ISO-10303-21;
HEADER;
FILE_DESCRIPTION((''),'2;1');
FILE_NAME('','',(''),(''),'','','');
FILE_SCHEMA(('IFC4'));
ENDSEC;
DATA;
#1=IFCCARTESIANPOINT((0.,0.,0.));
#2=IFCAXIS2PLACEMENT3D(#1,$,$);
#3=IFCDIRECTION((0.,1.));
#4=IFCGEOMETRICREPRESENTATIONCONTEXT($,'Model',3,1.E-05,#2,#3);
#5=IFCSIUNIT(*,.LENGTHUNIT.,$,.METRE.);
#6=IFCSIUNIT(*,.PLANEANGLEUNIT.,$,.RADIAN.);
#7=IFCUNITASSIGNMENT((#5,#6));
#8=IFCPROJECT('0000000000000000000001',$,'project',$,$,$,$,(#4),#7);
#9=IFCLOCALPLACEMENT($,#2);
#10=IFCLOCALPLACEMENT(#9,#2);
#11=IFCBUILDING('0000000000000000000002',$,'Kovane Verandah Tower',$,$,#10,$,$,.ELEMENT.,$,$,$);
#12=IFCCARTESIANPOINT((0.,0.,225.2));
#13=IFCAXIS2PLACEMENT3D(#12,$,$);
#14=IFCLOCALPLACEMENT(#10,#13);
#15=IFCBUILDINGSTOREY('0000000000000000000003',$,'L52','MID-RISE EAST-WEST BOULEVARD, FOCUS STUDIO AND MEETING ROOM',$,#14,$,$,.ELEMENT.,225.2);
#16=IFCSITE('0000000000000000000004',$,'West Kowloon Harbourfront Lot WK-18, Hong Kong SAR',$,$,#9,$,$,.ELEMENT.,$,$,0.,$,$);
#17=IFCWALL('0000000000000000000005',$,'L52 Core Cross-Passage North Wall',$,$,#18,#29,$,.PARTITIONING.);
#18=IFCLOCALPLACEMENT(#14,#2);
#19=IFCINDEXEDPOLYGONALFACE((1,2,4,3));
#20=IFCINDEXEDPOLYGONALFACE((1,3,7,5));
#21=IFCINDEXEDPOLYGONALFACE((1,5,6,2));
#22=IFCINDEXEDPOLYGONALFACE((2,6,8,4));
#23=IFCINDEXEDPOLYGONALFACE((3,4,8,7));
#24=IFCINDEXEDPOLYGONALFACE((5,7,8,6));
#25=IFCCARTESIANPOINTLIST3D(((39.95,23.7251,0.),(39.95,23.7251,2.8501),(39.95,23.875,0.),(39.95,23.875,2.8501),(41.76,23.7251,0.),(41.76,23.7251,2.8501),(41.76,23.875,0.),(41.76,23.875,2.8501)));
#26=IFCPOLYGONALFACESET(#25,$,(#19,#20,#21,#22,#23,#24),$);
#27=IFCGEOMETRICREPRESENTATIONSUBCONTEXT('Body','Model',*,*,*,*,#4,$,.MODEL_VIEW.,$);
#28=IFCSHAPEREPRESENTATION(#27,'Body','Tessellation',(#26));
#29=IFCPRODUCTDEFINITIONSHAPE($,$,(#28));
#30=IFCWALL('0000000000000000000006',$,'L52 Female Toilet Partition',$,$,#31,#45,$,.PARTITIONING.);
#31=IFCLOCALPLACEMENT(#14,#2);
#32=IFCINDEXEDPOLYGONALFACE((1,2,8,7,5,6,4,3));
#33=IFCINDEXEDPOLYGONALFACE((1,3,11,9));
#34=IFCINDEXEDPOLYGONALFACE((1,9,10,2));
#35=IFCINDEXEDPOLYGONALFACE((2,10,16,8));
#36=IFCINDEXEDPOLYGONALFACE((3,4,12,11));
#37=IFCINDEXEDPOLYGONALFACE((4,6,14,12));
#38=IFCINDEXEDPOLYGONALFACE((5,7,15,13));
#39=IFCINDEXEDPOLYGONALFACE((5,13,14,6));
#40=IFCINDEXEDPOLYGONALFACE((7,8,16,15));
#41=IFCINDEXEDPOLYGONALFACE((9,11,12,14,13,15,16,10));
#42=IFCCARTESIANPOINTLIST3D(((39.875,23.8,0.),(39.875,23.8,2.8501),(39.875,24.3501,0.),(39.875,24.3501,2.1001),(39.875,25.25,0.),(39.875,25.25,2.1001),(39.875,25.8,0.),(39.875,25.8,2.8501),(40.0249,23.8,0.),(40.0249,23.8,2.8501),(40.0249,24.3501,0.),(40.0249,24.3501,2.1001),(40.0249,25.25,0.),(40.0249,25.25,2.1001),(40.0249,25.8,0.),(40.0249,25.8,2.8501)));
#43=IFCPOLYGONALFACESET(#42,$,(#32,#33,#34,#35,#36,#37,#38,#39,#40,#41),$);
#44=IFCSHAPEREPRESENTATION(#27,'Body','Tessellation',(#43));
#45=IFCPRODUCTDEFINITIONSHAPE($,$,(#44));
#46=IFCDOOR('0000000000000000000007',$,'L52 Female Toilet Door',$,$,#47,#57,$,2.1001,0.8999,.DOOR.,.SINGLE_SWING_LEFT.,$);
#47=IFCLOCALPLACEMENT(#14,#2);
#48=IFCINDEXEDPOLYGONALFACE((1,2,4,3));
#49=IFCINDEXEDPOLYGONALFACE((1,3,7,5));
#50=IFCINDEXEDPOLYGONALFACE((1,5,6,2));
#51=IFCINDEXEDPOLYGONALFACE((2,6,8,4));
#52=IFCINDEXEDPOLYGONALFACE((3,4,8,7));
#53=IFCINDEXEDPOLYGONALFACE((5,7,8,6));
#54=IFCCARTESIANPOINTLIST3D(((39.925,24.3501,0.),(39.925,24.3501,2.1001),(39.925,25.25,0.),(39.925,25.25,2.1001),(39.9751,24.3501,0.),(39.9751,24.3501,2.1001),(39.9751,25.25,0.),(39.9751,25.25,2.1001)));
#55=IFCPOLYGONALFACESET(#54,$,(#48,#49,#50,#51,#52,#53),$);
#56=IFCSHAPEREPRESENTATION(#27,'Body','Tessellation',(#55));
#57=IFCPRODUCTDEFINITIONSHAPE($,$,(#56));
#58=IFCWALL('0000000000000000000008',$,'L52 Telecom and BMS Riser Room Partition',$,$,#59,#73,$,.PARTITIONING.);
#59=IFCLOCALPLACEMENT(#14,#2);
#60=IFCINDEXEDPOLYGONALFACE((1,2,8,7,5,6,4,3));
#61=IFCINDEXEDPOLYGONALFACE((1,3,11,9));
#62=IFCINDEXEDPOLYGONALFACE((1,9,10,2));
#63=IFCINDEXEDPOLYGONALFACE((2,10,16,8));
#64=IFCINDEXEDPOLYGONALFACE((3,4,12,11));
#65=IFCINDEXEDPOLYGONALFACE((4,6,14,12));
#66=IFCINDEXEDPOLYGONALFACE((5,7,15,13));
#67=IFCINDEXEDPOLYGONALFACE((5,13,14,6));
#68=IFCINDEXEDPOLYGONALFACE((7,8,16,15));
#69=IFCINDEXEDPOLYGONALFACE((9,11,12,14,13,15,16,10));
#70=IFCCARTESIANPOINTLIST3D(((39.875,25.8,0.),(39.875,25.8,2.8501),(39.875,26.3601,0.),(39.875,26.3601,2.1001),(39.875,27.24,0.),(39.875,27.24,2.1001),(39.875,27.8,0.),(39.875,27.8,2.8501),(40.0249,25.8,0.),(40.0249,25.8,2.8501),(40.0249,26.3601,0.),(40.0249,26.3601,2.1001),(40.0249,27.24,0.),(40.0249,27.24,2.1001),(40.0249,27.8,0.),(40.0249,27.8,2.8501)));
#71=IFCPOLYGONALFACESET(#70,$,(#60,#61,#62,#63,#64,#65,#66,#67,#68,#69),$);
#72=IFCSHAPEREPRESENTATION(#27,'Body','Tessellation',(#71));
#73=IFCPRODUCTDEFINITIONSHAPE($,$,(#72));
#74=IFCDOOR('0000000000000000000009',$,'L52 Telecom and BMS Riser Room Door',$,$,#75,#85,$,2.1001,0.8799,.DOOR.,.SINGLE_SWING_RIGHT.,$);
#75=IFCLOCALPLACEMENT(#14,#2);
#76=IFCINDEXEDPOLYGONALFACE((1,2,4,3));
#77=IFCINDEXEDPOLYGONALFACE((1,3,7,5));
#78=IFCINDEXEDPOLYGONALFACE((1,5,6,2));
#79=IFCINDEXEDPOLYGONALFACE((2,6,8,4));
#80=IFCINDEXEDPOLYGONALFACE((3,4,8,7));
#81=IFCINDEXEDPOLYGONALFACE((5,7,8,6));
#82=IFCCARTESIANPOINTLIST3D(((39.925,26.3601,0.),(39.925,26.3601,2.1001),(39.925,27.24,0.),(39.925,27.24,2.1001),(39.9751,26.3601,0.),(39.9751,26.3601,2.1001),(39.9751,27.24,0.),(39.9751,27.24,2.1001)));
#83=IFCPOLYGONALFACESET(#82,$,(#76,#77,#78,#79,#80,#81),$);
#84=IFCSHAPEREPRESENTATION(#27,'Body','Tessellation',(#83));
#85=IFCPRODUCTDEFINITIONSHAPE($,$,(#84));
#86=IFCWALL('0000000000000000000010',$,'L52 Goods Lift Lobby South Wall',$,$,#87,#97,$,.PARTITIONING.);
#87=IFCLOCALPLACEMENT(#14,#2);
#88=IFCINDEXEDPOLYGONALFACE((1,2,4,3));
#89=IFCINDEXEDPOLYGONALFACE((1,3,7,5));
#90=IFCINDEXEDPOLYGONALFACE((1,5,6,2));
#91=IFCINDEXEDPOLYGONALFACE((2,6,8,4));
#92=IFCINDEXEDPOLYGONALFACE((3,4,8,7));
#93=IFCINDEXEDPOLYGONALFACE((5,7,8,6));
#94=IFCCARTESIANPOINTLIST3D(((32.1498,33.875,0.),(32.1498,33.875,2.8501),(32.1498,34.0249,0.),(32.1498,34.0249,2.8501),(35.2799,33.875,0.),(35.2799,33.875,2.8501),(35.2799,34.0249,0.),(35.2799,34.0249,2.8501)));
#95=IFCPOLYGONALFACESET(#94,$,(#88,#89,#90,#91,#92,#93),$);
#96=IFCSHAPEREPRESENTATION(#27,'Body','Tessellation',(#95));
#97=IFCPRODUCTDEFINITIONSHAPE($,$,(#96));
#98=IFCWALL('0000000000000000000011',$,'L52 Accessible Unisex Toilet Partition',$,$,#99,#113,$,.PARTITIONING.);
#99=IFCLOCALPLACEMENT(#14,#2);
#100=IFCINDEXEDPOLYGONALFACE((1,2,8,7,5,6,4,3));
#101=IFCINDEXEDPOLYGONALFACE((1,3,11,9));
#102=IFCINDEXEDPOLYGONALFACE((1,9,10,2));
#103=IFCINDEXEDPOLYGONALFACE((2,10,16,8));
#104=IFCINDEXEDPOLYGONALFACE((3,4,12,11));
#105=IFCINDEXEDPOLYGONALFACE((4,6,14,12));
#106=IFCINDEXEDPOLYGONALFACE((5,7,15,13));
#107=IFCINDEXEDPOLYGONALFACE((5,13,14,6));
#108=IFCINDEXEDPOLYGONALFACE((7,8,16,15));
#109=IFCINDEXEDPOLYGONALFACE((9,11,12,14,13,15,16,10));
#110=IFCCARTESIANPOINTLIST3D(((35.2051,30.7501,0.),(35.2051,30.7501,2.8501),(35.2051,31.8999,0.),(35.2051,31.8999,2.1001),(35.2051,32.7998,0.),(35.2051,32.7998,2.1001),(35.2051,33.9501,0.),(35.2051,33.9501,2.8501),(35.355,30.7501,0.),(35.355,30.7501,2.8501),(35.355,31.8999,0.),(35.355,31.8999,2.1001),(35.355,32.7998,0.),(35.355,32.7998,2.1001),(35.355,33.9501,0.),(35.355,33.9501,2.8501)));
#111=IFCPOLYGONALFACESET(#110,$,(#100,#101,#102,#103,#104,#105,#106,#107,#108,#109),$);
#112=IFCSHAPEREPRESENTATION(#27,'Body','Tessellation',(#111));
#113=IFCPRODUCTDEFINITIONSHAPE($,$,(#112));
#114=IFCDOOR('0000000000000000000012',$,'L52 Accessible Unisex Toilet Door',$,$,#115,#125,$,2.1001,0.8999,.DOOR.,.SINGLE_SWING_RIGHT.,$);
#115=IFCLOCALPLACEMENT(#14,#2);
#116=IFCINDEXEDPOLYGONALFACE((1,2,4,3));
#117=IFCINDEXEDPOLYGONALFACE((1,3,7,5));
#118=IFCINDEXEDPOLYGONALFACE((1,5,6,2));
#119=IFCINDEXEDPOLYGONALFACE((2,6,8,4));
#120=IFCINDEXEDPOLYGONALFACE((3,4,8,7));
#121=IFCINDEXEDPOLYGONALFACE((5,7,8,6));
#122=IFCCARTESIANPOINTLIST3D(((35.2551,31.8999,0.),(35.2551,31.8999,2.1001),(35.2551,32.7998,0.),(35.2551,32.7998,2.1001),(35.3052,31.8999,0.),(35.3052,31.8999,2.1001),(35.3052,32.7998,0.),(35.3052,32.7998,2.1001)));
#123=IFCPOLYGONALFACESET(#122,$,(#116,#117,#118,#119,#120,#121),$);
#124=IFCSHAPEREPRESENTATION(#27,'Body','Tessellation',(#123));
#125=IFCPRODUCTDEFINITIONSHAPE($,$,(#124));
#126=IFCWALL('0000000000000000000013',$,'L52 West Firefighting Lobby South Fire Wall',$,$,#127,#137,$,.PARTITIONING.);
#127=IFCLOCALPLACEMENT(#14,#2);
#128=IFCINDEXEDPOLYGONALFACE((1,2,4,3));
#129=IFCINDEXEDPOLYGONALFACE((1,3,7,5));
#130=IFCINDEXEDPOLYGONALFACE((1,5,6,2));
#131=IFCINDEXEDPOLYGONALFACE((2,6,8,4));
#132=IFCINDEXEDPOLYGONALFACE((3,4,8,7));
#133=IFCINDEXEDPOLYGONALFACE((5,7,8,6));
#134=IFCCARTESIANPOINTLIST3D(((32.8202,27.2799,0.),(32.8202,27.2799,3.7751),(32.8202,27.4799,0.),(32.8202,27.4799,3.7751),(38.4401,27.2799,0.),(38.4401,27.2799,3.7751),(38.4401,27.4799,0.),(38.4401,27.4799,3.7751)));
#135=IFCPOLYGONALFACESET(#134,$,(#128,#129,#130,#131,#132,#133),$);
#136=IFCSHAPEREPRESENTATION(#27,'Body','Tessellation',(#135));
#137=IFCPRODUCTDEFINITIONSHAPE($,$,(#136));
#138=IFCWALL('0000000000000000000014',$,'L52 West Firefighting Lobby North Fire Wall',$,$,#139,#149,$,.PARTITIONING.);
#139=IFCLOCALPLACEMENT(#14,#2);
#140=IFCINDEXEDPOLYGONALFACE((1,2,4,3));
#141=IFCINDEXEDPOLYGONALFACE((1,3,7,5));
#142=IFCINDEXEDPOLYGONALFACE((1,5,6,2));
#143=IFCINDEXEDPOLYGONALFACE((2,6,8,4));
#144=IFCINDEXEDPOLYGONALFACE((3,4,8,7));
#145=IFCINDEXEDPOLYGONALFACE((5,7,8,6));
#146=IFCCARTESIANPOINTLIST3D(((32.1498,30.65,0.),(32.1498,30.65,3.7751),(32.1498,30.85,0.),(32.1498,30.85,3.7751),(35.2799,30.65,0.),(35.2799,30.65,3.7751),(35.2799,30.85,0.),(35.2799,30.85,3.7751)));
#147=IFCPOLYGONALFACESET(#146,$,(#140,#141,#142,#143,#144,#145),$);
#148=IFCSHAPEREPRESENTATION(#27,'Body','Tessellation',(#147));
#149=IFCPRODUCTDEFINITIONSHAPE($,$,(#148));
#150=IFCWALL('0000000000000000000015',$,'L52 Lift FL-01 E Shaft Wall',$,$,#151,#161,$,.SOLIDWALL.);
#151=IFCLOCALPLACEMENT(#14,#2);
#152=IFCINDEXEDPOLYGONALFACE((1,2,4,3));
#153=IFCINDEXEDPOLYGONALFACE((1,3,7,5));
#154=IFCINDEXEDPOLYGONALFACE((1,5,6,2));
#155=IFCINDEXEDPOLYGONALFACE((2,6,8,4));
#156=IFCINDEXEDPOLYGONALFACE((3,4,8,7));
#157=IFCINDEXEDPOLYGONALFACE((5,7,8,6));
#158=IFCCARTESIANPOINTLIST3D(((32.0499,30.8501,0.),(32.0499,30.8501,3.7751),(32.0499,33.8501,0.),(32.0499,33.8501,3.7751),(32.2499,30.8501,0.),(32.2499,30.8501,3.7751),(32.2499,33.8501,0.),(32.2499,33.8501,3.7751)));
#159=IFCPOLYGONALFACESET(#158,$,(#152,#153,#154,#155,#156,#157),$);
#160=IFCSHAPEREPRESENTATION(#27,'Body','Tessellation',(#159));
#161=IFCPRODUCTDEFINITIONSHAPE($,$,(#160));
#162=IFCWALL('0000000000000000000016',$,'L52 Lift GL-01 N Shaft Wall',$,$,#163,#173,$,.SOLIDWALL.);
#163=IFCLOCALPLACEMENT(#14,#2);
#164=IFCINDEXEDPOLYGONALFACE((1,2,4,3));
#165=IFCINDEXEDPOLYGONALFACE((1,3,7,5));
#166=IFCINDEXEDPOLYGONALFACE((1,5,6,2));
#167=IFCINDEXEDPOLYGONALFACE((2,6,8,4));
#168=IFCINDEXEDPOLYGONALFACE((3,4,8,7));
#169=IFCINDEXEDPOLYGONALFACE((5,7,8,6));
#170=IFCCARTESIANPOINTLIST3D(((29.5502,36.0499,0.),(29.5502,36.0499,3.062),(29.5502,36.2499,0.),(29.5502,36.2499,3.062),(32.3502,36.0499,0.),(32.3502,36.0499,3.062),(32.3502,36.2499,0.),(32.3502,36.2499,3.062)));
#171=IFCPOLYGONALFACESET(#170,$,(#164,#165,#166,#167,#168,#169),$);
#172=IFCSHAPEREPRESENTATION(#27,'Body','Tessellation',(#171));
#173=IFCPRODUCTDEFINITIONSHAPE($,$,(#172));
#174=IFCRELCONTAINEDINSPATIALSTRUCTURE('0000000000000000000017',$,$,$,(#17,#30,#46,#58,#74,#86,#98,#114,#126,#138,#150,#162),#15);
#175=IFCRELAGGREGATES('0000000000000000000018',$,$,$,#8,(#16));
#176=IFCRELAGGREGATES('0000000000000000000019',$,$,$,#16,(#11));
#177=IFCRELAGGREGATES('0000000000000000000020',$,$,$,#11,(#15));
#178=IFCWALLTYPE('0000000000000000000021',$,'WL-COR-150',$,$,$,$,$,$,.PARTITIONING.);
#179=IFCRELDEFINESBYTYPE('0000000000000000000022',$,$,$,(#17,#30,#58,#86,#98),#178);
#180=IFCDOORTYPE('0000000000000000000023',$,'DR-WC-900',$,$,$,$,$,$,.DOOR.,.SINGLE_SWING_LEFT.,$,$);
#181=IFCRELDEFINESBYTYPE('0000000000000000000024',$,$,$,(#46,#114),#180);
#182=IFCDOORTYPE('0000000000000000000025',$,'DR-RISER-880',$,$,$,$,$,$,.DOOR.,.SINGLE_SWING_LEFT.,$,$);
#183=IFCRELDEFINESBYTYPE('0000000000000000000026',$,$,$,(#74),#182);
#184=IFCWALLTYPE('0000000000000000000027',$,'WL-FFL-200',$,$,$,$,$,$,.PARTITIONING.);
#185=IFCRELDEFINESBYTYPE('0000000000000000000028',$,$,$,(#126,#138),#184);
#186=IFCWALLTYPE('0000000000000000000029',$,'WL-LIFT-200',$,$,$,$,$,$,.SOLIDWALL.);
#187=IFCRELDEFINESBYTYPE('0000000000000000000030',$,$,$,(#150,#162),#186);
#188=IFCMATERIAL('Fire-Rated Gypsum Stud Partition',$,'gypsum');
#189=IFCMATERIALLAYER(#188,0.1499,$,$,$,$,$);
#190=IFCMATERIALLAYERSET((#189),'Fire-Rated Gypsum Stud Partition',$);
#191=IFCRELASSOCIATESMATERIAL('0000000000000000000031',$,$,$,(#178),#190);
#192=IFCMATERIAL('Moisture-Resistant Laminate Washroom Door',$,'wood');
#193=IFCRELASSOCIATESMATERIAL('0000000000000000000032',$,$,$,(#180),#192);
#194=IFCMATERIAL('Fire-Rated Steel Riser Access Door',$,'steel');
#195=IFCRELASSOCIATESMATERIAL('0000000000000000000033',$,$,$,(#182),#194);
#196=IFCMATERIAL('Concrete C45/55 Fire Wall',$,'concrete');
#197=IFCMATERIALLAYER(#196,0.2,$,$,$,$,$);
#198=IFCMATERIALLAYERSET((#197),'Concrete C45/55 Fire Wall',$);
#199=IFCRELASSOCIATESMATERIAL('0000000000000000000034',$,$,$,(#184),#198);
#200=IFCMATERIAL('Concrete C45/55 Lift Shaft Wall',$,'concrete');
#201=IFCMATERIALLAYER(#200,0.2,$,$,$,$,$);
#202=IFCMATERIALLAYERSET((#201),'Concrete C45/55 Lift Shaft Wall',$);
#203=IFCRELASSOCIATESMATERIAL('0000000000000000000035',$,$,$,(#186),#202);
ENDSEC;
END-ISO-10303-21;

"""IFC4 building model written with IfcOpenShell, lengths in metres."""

from ifc_helpers import new_model, si_unit, direction, frame, frame_2d, origin, place, context, subcontext, project, spatial, rectangle, extrude, material, layer, layer_set, type_object, element, fill, save


model = new_model("IFC4")

# Units and contexts
model_context = context("Model", 3, precision=1e-05, world=origin(), true_north=direction((0.0, 1.0)))
body_context = subcontext(model_context, "Body", "Model", "MODEL_VIEW")
ifc_project = project(units=[si_unit("LENGTHUNIT", "METRE"), si_unit("PLANEANGLEUNIT", "RADIAN")], contexts=[model_context])

# Site, building, storey
site_placement = place(None, origin())
site = spatial("IfcSite", under=ifc_project, at=site_placement, Name="West Kowloon Harbourfront Lot WK-18, Hong Kong SAR", CompositionType="ELEMENT", RefElevation=0.0)
building_placement = place(site_placement, origin())
building = spatial("IfcBuilding", under=site, at=building_placement, Name="Kovane Verandah Tower", CompositionType="ELEMENT")
storey_placement = place(building_placement, frame((0.0, 0.0, 225.2)))
storey = spatial("IfcBuildingStorey", under=building, at=storey_placement, Name="L52", Description="MID-RISE EAST-WEST BOULEVARD, FOCUS STUDIO AND MEETING ROOM", CompositionType="ELEMENT", Elevation=225.2)

# Wall
ifc_material_1 = material(Name="Fire-Rated Gypsum Stud Partition", Category="gypsum")
ifc_layer_1 = layer(ifc_material_1, 0.1499)
ifc_layer_set_1 = layer_set([ifc_layer_1], Name="Fire-Rated Gypsum Stud Partition")
wall_type_1 = type_object("IfcWallType", Name="WL-COR-150", PredefinedType="PARTITIONING", material=ifc_layer_set_1)
wall_1_placement = place(storey_placement, frame((39.95, 23.8, 0.0), z_axis=(0.0, 0.0, 1.0), x_axis=(1.0, 0.0, 0.0)))
element("IfcWall", 1, at=wall_1_placement, inside=storey, type_object=wall_type_1, Name="L52 Core Cross-Passage North Wall", PredefinedType="PARTITIONING", context=body_context, shape_type="SweptSolid", body=[
    extrude(rectangle(XDim=1.8101, YDim=0.1499, at=frame_2d((0.905, 0.0))), origin(), (0.0, 0.0, 1.0), 2.8501),
])

# Walls, openings, doors
wall_2_placement = place(storey_placement, frame((39.95, 23.8, 0.0), z_axis=(0.0, 0.0, 1.0), x_axis=(0.0, 1.0, 0.0)))
wall_2 = element("IfcWall", 2, at=wall_2_placement, inside=storey, type_object=wall_type_1, Name="L52 Female Toilet Partition", PredefinedType="PARTITIONING", context=body_context, shape_type="SweptSolid", body=[
    extrude(rectangle(XDim=2.0, YDim=0.1499, at=frame_2d((1.0, 0.0))), origin(), (0.0, 0.0, 1.0), 2.8501),
])
opening_1_placement = place(wall_2_placement, frame((0.55, 0.0, 0.0)))
opening_1 = element("IfcOpeningElement", 3, at=opening_1_placement, cuts=wall_2, PredefinedType="OPENING", context=body_context, shape_type="SweptSolid", body=[
    extrude(rectangle(XDim=0.8999, YDim=2.1001, at=frame_2d((0.45, 1.05))), frame((0.0, 0.075, 0.0), z_axis=(0.0, -1.0, 0.0), x_axis=(1.0, 0.0, 0.0)), (0.0, 0.0, 1.0), 0.1499),
])
ifc_material_2 = material(Name="Moisture-Resistant Laminate Washroom Door", Category="wood")
door_type_1 = type_object("IfcDoorType", Name="DR-WC-900", OperationType="SINGLE_SWING_LEFT", PredefinedType="DOOR", material=ifc_material_2)
door_1_placement = place(opening_1_placement, origin())
door_1 = element("IfcDoor", 4, at=door_1_placement, inside=storey, type_object=door_type_1, Name="L52 Female Toilet Door", OperationType="SINGLE_SWING_LEFT", OverallHeight=2.1001, OverallWidth=0.8999, PredefinedType="DOOR", context=body_context, shape_type="SweptSolid", body=[
    extrude(rectangle(XDim=0.8999, YDim=2.1001, at=frame_2d((0.45, 1.05))), frame((0.0, 0.0249, 0.0), z_axis=(0.0, -1.0, 0.0), x_axis=(1.0, 0.0, 0.0)), (0.0, 0.0, 1.0), 0.05),
])
fill(opening_1, door_1)
wall_3_placement = place(storey_placement, frame((39.95, 25.8, 0.0), z_axis=(0.0, 0.0, 1.0), x_axis=(0.0, 1.0, 0.0)))
wall_3 = element("IfcWall", 5, at=wall_3_placement, inside=storey, type_object=wall_type_1, Name="L52 Telecom and BMS Riser Room Partition", PredefinedType="PARTITIONING", context=body_context, shape_type="SweptSolid", body=[
    extrude(rectangle(XDim=2.0, YDim=0.1499, at=frame_2d((1.0, 0.0))), origin(), (0.0, 0.0, 1.0), 2.8501),
])
opening_2_placement = place(wall_3_placement, frame((0.5601, 0.0, 0.0)))
opening_2 = element("IfcOpeningElement", 6, at=opening_2_placement, cuts=wall_3, PredefinedType="OPENING", context=body_context, shape_type="SweptSolid", body=[
    extrude(rectangle(XDim=0.8799, YDim=2.1001, at=frame_2d((0.4399, 1.05))), frame((0.0, 0.075, 0.0), z_axis=(0.0, -1.0, 0.0), x_axis=(1.0, 0.0, 0.0)), (0.0, 0.0, 1.0), 0.1499),
])
ifc_material_3 = material(Name="Fire-Rated Steel Riser Access Door", Category="steel")
door_type_2 = type_object("IfcDoorType", Name="DR-RISER-880", OperationType="SINGLE_SWING_LEFT", PredefinedType="DOOR", material=ifc_material_3)
door_2_placement = place(opening_2_placement, origin())
door_2 = element("IfcDoor", 7, at=door_2_placement, inside=storey, type_object=door_type_2, Name="L52 Telecom and BMS Riser Room Door", OperationType="SINGLE_SWING_RIGHT", OverallHeight=2.1001, OverallWidth=0.8799, PredefinedType="DOOR", context=body_context, shape_type="SweptSolid", body=[
    extrude(rectangle(XDim=0.8799, YDim=2.1001, at=frame_2d((0.4399, 1.05))), frame((0.0, 0.0249, 0.0), z_axis=(0.0, -1.0, 0.0), x_axis=(1.0, 0.0, 0.0)), (0.0, 0.0, 1.0), 0.05),
])
fill(opening_2, door_2)

# Wall
wall_4_placement = place(storey_placement, frame((32.1499, 33.95, 0.0), z_axis=(0.0, 0.0, 1.0), x_axis=(1.0, 0.0, 0.0)))
element("IfcWall", 8, at=wall_4_placement, inside=storey, type_object=wall_type_1, Name="L52 Goods Lift Lobby South Wall", PredefinedType="PARTITIONING", context=body_context, shape_type="SweptSolid", body=[
    extrude(rectangle(XDim=3.1301, YDim=0.1499, at=frame_2d((1.5649, 0.0))), origin(), (0.0, 0.0, 1.0), 2.8501),
])

# Wall, opening, door
wall_5_placement = place(storey_placement, frame((35.28, 30.75, 0.0), z_axis=(0.0, 0.0, 1.0), x_axis=(0.0, 1.0, 0.0)))
wall_5 = element("IfcWall", 9, at=wall_5_placement, inside=storey, type_object=wall_type_1, Name="L52 Accessible Unisex Toilet Partition", PredefinedType="PARTITIONING", context=body_context, shape_type="SweptSolid", body=[
    extrude(rectangle(XDim=3.2, YDim=0.1499, at=frame_2d((1.6001, 0.0))), origin(), (0.0, 0.0, 1.0), 2.8501),
])
opening_3_placement = place(wall_5_placement, frame((1.1499, 0.0, 0.0)))
opening_3 = element("IfcOpeningElement", 10, at=opening_3_placement, cuts=wall_5, PredefinedType="OPENING", context=body_context, shape_type="SweptSolid", body=[
    extrude(rectangle(XDim=0.8999, YDim=2.1001, at=frame_2d((0.45, 1.05))), frame((0.0, 0.075, 0.0), z_axis=(0.0, -1.0, 0.0), x_axis=(1.0, 0.0, 0.0)), (0.0, 0.0, 1.0), 0.1499),
])
door_3_placement = place(opening_3_placement, origin())
door_3 = element("IfcDoor", 11, at=door_3_placement, inside=storey, type_object=door_type_1, Name="L52 Accessible Unisex Toilet Door", OperationType="SINGLE_SWING_RIGHT", OverallHeight=2.1001, OverallWidth=0.8999, PredefinedType="DOOR", context=body_context, shape_type="SweptSolid", body=[
    extrude(rectangle(XDim=0.8999, YDim=2.1001, at=frame_2d((0.45, 1.05))), frame((0.0, 0.0249, 0.0), z_axis=(0.0, -1.0, 0.0), x_axis=(1.0, 0.0, 0.0)), (0.0, 0.0, 1.0), 0.05),
])
fill(opening_3, door_3)
ifc_material_4 = material(Name="Concrete C45/55 Fire Wall", Category="concrete")
ifc_layer_2 = layer(ifc_material_4, 0.2)
ifc_layer_set_2 = layer_set([ifc_layer_2], Name="Concrete C45/55 Fire Wall")
wall_type_2 = type_object("IfcWallType", Name="WL-FFL-200", PredefinedType="PARTITIONING", material=ifc_layer_set_2)

# Walls
wall_6_placement = place(storey_placement, frame((32.8201, 27.3799, 0.0), z_axis=(0.0, 0.0, 1.0), x_axis=(1.0, 0.0, 0.0)))
element("IfcWall", 12, at=wall_6_placement, inside=storey, type_object=wall_type_2, Name="L52 West Firefighting Lobby South Fire Wall", PredefinedType="PARTITIONING", context=body_context, shape_type="SweptSolid", body=[
    extrude(rectangle(XDim=5.6199, YDim=0.2, at=frame_2d((2.8101, 0.0))), origin(), (0.0, 0.0, 1.0), 3.7751),
])
wall_7_placement = place(storey_placement, frame((32.1499, 30.75, 0.0), z_axis=(0.0, 0.0, 1.0), x_axis=(1.0, 0.0, 0.0)))
element("IfcWall", 13, at=wall_7_placement, inside=storey, type_object=wall_type_2, Name="L52 West Firefighting Lobby North Fire Wall", PredefinedType="PARTITIONING", context=body_context, shape_type="SweptSolid", body=[
    extrude(rectangle(XDim=3.1301, YDim=0.2, at=frame_2d((1.5649, 0.0))), origin(), (0.0, 0.0, 1.0), 3.7751),
])
ifc_material_5 = material(Name="Concrete C45/55 Lift Shaft Wall", Category="concrete")
ifc_layer_3 = layer(ifc_material_5, 0.2)
ifc_layer_set_3 = layer_set([ifc_layer_3], Name="Concrete C45/55 Lift Shaft Wall")
wall_type_3 = type_object("IfcWallType", Name="WL-LIFT-200", PredefinedType="SOLIDWALL", material=ifc_layer_set_3)
wall_8_placement = place(storey_placement, frame((32.1499, 30.8501, 0.0), z_axis=(0.0, 0.0, 1.0), x_axis=(0.0, 1.0, 0.0)))
element("IfcWall", 14, at=wall_8_placement, inside=storey, type_object=wall_type_3, Name="L52 Lift FL-01 E Shaft Wall", PredefinedType="SOLIDWALL", context=body_context, shape_type="SweptSolid", body=[
    extrude(rectangle(XDim=3.0, YDim=0.2, at=frame_2d((1.5, 0.0))), origin(), (0.0, 0.0, 1.0), 3.7751),
])
wall_9_placement = place(storey_placement, frame((32.3501, 36.1499, 0.0), z_axis=(0.0, 0.0, 1.0), x_axis=(-1.0, 0.0, 0.0)))
element("IfcWall", 15, at=wall_9_placement, inside=storey, type_object=wall_type_3, Name="L52 Lift GL-01 N Shaft Wall", PredefinedType="SOLIDWALL", context=body_context, shape_type="SweptSolid", body=[
    extrude(rectangle(XDim=2.8, YDim=0.2, at=frame_2d((1.3999, 0.0))), origin(), (0.0, 0.0, 1.0), 3.062),
])

save(model, "model.ifc")
